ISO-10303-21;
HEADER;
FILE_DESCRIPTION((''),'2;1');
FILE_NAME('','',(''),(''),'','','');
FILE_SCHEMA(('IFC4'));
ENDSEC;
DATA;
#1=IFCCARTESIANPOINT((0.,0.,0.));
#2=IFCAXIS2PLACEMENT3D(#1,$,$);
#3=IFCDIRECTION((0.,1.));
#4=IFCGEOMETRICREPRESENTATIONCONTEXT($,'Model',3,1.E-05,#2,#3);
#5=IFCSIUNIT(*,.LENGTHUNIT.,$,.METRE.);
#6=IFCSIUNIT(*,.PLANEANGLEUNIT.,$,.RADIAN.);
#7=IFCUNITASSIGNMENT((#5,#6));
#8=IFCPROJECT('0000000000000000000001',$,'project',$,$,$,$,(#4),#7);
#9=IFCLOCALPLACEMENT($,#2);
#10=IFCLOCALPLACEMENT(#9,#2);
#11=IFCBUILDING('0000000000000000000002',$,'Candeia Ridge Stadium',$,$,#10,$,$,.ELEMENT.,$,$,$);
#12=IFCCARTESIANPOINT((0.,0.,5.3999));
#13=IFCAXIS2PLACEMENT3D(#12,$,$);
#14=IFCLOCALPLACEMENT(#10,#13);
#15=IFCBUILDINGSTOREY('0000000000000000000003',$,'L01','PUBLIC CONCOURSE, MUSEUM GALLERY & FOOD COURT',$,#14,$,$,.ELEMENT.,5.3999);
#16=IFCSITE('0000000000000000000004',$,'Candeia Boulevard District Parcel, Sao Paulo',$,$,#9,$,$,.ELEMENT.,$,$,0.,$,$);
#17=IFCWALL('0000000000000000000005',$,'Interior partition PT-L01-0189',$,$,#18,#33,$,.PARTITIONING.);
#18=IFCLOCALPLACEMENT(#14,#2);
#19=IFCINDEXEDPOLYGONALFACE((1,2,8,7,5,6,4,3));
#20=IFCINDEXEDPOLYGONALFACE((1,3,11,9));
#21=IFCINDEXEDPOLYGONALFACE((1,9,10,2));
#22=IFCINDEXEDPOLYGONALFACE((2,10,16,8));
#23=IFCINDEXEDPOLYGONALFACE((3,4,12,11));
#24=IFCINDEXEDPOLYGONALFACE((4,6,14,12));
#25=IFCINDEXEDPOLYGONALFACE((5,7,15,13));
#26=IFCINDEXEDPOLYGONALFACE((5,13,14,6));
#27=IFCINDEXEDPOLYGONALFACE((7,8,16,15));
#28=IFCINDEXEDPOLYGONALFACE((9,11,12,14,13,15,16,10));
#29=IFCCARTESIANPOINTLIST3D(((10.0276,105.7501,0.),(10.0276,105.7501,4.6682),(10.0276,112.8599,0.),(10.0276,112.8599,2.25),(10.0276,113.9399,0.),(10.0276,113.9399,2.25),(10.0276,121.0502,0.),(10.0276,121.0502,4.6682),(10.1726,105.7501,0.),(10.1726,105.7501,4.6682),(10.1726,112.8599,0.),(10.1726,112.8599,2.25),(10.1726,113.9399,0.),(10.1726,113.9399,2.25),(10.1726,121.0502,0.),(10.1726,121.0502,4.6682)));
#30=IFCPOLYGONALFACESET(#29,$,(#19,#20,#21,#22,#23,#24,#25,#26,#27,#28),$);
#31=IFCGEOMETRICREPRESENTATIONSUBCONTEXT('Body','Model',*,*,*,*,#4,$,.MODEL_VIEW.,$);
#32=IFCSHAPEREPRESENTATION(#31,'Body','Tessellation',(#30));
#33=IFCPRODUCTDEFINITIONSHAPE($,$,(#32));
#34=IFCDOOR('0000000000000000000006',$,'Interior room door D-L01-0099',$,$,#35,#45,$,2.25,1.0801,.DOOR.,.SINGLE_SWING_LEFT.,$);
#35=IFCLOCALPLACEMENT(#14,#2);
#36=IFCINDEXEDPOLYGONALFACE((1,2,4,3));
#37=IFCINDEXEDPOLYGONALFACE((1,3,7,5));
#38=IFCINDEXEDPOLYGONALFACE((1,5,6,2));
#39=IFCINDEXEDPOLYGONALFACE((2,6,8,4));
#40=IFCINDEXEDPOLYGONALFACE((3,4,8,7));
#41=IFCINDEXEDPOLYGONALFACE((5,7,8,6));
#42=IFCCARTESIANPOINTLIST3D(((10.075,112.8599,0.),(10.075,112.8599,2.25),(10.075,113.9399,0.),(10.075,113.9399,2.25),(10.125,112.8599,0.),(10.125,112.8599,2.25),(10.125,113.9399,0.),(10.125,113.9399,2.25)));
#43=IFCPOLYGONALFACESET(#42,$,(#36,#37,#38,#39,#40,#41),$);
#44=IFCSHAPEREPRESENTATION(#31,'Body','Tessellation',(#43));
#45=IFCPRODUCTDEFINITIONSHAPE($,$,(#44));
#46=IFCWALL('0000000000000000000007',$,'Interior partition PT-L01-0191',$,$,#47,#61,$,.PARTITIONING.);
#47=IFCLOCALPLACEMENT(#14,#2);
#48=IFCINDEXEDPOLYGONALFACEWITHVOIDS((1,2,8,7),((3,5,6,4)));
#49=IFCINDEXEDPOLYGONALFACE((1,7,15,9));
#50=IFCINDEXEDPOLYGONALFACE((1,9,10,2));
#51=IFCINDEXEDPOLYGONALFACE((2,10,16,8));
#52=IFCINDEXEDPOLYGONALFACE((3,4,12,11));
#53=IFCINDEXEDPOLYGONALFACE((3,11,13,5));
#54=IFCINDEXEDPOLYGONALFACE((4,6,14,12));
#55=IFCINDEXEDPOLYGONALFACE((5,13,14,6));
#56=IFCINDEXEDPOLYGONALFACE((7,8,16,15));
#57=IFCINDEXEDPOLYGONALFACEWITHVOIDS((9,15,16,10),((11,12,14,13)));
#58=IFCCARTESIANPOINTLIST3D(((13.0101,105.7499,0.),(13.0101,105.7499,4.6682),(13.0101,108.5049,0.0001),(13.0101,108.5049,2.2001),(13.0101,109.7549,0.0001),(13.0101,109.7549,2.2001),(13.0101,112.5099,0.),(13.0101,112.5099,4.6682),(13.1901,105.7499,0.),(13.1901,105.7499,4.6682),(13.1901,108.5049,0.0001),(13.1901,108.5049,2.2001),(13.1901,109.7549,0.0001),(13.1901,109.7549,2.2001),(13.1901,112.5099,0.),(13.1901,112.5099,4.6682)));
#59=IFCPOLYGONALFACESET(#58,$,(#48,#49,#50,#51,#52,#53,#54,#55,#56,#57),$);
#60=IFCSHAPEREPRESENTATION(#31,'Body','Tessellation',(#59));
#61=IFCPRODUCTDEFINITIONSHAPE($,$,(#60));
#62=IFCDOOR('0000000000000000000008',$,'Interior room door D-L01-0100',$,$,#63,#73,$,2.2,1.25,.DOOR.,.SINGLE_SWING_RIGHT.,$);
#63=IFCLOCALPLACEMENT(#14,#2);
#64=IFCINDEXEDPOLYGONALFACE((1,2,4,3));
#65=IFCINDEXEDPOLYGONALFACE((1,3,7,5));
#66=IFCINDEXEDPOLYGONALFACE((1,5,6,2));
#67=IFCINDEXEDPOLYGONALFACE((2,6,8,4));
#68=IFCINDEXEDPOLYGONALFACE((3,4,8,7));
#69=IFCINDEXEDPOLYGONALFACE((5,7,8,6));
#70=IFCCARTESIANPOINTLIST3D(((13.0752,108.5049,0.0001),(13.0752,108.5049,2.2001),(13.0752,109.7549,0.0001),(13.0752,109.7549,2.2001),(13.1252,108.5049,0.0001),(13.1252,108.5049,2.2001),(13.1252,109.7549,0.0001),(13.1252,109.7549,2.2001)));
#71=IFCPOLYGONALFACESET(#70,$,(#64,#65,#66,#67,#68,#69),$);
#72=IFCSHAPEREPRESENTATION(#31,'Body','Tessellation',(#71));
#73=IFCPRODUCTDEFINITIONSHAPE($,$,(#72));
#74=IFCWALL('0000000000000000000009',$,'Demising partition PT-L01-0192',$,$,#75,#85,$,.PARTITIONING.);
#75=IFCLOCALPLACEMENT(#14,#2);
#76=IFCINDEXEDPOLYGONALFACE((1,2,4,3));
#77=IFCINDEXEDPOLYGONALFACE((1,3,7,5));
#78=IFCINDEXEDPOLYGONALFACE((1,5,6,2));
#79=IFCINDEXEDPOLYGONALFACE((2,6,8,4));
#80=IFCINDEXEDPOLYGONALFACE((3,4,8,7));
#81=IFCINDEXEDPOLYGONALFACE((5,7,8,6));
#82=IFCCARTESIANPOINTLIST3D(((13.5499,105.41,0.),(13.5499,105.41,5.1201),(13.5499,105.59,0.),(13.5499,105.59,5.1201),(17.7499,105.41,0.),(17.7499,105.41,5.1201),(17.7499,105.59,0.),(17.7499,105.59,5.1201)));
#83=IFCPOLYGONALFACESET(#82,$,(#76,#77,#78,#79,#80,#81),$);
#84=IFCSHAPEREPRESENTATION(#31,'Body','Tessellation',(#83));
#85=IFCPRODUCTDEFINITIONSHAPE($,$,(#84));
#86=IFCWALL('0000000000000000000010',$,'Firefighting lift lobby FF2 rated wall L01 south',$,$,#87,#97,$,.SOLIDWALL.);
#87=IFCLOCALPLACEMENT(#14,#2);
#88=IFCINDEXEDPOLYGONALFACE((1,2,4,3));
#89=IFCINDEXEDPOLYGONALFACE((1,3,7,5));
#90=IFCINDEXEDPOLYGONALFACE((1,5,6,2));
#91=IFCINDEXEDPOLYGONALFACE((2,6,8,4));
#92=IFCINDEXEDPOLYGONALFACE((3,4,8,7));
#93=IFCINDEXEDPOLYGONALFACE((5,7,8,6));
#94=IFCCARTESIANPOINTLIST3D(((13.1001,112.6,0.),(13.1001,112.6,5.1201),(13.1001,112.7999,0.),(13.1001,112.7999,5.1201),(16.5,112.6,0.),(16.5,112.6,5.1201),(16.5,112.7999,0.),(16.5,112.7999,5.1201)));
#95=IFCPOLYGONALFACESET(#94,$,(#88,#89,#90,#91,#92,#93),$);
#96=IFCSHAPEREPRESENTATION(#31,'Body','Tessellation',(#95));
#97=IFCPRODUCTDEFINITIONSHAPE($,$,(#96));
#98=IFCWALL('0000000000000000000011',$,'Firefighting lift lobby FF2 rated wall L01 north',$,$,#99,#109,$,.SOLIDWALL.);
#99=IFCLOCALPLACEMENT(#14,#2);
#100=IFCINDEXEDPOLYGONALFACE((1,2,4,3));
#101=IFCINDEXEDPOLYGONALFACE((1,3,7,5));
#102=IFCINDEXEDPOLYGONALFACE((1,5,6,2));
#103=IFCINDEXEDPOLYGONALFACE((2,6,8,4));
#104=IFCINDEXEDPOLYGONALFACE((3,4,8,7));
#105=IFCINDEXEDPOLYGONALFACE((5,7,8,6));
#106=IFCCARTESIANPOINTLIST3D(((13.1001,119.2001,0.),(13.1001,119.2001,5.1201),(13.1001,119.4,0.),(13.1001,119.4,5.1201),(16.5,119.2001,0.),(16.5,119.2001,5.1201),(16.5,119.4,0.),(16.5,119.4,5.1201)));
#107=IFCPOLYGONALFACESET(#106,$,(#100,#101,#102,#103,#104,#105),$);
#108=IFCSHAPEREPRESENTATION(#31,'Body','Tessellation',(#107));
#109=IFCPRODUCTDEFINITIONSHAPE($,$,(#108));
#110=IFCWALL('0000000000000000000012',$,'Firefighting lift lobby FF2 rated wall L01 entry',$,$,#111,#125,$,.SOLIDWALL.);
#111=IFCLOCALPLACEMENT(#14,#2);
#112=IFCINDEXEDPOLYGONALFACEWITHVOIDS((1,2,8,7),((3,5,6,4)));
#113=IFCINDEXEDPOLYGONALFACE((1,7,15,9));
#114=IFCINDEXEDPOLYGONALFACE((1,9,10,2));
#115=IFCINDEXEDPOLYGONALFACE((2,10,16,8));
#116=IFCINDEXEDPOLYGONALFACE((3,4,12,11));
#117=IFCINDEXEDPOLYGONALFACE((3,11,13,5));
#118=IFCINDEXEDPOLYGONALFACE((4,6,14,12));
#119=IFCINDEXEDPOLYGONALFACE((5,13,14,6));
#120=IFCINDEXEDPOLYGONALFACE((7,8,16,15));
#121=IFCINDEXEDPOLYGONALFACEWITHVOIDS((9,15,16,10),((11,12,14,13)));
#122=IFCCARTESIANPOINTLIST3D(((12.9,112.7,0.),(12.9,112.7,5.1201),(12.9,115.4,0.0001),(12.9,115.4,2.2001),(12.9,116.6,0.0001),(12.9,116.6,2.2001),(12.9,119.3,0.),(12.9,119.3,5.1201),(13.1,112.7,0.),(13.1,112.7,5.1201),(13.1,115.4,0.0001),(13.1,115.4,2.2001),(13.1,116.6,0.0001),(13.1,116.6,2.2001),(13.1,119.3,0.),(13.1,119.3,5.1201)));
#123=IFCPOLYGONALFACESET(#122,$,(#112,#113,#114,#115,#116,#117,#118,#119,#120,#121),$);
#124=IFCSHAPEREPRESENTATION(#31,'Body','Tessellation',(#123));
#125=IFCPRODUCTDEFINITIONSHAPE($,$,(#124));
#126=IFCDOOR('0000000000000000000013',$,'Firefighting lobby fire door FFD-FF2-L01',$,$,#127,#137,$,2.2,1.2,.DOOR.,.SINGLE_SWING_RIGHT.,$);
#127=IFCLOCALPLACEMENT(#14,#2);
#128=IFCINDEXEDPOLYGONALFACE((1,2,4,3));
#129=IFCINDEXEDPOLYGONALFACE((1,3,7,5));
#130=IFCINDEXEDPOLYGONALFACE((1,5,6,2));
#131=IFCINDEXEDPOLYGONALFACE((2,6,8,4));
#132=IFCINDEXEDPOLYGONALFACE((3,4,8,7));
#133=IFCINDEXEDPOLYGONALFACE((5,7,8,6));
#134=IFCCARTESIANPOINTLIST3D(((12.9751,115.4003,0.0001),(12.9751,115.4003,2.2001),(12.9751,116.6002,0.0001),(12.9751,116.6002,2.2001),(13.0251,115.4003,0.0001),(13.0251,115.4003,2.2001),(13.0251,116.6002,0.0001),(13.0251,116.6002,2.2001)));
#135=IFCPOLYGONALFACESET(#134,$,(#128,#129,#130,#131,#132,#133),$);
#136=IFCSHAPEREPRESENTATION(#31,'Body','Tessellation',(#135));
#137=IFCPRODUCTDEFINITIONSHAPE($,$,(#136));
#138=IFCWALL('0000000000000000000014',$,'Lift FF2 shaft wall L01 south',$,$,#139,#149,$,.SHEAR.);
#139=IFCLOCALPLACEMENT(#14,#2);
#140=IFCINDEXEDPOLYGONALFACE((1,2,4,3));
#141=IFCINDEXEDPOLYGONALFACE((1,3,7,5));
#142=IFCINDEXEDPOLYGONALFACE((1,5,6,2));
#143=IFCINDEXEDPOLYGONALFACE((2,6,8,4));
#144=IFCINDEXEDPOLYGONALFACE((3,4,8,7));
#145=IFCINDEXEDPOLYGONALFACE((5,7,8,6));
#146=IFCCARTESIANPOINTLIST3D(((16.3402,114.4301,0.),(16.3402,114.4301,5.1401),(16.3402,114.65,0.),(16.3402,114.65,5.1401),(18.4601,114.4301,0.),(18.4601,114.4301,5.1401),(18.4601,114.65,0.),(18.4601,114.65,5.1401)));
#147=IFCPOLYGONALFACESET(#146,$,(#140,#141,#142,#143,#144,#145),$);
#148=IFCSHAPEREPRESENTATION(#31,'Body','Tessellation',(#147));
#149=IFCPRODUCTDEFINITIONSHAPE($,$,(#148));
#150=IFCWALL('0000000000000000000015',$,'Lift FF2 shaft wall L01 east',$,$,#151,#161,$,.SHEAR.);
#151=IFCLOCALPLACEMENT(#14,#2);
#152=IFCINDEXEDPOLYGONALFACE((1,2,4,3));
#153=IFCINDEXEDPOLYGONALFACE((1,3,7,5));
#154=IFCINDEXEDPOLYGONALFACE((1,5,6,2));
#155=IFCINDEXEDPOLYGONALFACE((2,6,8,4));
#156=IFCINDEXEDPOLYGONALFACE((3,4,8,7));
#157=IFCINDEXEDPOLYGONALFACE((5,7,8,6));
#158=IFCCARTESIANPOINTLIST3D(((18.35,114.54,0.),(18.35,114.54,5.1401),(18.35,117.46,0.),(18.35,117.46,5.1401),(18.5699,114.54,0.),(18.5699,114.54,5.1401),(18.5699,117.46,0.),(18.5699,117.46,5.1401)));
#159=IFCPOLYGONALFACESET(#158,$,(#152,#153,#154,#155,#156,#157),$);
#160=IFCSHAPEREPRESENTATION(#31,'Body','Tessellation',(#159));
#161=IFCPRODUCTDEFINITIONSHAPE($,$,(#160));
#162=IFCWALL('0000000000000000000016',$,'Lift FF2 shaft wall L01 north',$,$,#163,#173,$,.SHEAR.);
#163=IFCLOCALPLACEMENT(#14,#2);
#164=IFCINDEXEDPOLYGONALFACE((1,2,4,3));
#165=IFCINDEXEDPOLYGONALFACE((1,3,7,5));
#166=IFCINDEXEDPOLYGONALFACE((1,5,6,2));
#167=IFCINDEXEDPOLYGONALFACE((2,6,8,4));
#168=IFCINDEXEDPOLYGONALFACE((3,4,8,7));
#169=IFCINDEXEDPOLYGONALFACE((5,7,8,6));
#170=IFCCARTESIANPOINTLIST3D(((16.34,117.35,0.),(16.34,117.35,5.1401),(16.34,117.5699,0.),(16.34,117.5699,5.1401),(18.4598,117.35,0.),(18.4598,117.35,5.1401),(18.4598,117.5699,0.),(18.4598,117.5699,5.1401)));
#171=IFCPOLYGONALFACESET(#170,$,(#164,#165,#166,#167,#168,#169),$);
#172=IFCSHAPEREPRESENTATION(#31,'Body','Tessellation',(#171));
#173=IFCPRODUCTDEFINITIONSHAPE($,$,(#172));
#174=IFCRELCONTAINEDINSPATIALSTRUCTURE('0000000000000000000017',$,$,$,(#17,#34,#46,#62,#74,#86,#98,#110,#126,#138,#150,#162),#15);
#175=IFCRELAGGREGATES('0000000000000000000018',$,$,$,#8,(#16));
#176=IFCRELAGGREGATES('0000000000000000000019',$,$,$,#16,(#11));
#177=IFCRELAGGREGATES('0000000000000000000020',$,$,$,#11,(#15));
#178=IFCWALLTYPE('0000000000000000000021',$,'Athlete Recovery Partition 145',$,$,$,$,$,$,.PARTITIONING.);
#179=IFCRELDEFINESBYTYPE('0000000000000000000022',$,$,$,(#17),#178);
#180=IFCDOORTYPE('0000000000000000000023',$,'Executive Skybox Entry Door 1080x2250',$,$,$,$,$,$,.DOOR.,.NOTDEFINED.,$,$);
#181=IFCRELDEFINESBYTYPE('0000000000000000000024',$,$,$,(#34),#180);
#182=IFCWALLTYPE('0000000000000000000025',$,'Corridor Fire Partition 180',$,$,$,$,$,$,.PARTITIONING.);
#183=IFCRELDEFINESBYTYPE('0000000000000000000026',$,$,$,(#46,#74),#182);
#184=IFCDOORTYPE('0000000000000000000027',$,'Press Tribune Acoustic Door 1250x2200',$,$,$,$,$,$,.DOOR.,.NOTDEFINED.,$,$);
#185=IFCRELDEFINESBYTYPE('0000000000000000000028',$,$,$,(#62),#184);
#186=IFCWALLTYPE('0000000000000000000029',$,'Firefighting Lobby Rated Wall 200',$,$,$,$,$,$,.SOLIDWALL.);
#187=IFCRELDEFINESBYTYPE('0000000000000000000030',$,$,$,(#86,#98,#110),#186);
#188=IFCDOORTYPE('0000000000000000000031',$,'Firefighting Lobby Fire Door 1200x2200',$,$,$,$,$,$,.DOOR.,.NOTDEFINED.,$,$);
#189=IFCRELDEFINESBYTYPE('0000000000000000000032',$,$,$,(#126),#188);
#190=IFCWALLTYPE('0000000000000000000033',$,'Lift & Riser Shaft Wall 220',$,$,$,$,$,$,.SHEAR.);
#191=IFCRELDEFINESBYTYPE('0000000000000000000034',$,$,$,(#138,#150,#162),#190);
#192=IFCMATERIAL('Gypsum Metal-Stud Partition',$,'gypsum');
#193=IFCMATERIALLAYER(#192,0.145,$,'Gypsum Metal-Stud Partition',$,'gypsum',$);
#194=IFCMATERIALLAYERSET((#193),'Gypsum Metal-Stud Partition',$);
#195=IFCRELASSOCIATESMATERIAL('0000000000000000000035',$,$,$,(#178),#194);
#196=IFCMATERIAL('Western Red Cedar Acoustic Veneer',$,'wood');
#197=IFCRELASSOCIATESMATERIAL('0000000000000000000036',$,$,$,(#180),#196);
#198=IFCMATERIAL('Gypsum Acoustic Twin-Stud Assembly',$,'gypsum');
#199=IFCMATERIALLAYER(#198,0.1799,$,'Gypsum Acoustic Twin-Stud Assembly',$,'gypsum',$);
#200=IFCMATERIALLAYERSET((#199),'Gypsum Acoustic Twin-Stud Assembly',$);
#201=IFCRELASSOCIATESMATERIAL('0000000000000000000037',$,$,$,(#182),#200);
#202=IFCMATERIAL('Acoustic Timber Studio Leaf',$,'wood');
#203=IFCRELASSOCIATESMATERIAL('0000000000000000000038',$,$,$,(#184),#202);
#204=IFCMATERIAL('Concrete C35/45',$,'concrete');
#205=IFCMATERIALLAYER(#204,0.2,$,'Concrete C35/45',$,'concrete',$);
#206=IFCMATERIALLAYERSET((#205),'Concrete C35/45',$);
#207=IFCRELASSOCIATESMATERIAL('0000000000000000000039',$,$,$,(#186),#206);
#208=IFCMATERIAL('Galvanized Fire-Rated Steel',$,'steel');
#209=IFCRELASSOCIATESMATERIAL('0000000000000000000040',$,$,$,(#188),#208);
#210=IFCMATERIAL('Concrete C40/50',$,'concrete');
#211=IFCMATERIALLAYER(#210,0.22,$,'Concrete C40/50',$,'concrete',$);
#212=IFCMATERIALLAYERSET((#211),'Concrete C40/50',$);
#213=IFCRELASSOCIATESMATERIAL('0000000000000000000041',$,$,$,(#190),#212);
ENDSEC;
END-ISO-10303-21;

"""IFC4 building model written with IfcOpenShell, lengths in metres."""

from ifc_helpers import new_model, si_unit, direction, frame, frame_2d, origin, place, context, subcontext, project, spatial, rectangle, extrude, material, layer, layer_set, type_object, element, fill, save


model = new_model("IFC4")

# Units and contexts
model_context = context("Model", 3, precision=1e-05, world=origin(), true_north=direction((0.0, 1.0)))
body_context = subcontext(model_context, "Body", "Model", "MODEL_VIEW")
ifc_project = project(units=[si_unit("LENGTHUNIT", "METRE"), si_unit("PLANEANGLEUNIT", "RADIAN")], contexts=[model_context])

# Site, building, storey
site_placement = place(None, origin())
site = spatial("IfcSite", under=ifc_project, at=site_placement, Name="Candeia Boulevard District Parcel, Sao Paulo", CompositionType="ELEMENT", RefElevation=0.0)
building_placement = place(site_placement, origin())
building = spatial("IfcBuilding", under=site, at=building_placement, Name="Candeia Ridge Stadium", CompositionType="ELEMENT")
storey_placement = place(building_placement, frame((0.0, 0.0, 5.3999)))
storey = spatial("IfcBuildingStorey", under=building, at=storey_placement, Name="L01", Description="PUBLIC CONCOURSE, MUSEUM GALLERY & FOOD COURT", CompositionType="ELEMENT", Elevation=5.3999)

# Shared definitions
ifc_material_1 = material(Name="Concrete C40/50", Category="concrete")

# Walls, openings, doors
ifc_material_2 = material(Name="Gypsum Metal-Stud Partition", Category="gypsum")
ifc_layer_1 = layer(ifc_material_2, 0.145, Name="Gypsum Metal-Stud Partition", Category="gypsum")
ifc_layer_set_1 = layer_set([ifc_layer_1], Name="Gypsum Metal-Stud Partition")
wall_type_1 = type_object("IfcWallType", Name="Athlete Recovery Partition 145", PredefinedType="PARTITIONING", material=ifc_layer_set_1)
wall_1_placement = place(storey_placement, frame((10.1001, 121.05, 0.0), z_axis=(0.0, 0.0, 1.0), x_axis=(0.0, -1.0, 0.0)))
wall_1 = element("IfcWall", 1, at=wall_1_placement, inside=storey, type_object=wall_type_1, Name="Interior partition PT-L01-0189", PredefinedType="PARTITIONING", context=body_context, shape_type="SweptSolid", body=[
    extrude(rectangle(XDim=15.3, YDim=0.145, at=frame_2d((7.6499, 0.0))), origin(), (0.0, 0.0, 1.0), 4.6682),
])
opening_1_placement = place(wall_1_placement, frame((7.1101, 0.0, 0.0)))
opening_1 = element("IfcOpeningElement", 2, at=opening_1_placement, cuts=wall_1, PredefinedType="OPENING", context=body_context, shape_type="SweptSolid", body=[
    extrude(rectangle(XDim=1.0801, YDim=2.25, at=frame_2d((0.54, 1.125))), frame((0.0, 0.0825, 0.0), z_axis=(0.0, -1.0, 0.0), x_axis=(1.0, 0.0, 0.0)), (0.0, 0.0, 1.0), 0.165),
])
ifc_material_3 = material(Name="Western Red Cedar Acoustic Veneer", Category="wood")
door_type_1 = type_object("IfcDoorType", Name="Executive Skybox Entry Door 1080x2250", OperationType="NOTDEFINED", PredefinedType="DOOR", material=ifc_material_3)
door_1_placement = place(opening_1_placement, origin())
door_1 = element("IfcDoor", 3, at=door_1_placement, inside=storey, type_object=door_type_1, Name="Interior room door D-L01-0099", OperationType="SINGLE_SWING_LEFT", OverallHeight=2.25, OverallWidth=1.0801, PredefinedType="DOOR", context=body_context, shape_type="SweptSolid", body=[
    extrude(rectangle(XDim=1.0801, YDim=2.25, at=frame_2d((0.54, 1.125))), frame((0.0, 0.0249, 0.0), z_axis=(0.0, -1.0, 0.0), x_axis=(1.0, 0.0, 0.0)), (0.0, 0.0, 1.0), 0.05),
])
fill(opening_1, door_1)
ifc_material_4 = material(Name="Gypsum Acoustic Twin-Stud Assembly", Category="gypsum")
ifc_layer_2 = layer(ifc_material_4, 0.1799, Name="Gypsum Acoustic Twin-Stud Assembly", Category="gypsum")
ifc_layer_set_2 = layer_set([ifc_layer_2], Name="Gypsum Acoustic Twin-Stud Assembly")
wall_type_2 = type_object("IfcWallType", Name="Corridor Fire Partition 180", PredefinedType="PARTITIONING", material=ifc_layer_set_2)
wall_2_placement = place(storey_placement, frame((13.1001, 105.75, 0.0), z_axis=(0.0, 0.0, 1.0), x_axis=(0.0, 1.0, 0.0)))
wall_2 = element("IfcWall", 4, at=wall_2_placement, inside=storey, type_object=wall_type_2, Name="Interior partition PT-L01-0191", PredefinedType="PARTITIONING", context=body_context, shape_type="SweptSolid", body=[
    extrude(rectangle(XDim=6.76, YDim=0.1799, at=frame_2d((3.3799, 0.0))), origin(), (0.0, 0.0, 1.0), 4.6682),
])
opening_2_placement = place(wall_2_placement, frame((2.7549, 0.0, 0.0)))
opening_2 = element("IfcOpeningElement", 5, at=opening_2_placement, cuts=wall_2, PredefinedType="OPENING", context=body_context, shape_type="SweptSolid", body=[
    extrude(rectangle(XDim=1.25, YDim=2.2, at=frame_2d((0.625, 1.1001))), frame((0.0, 0.0999, 0.0), z_axis=(0.0, -1.0, 0.0), x_axis=(1.0, 0.0, 0.0)), (0.0, 0.0, 1.0), 0.2),
])
ifc_material_5 = material(Name="Acoustic Timber Studio Leaf", Category="wood")
door_type_2 = type_object("IfcDoorType", Name="Press Tribune Acoustic Door 1250x2200", OperationType="NOTDEFINED", PredefinedType="DOOR", material=ifc_material_5)
door_2_placement = place(opening_2_placement, origin())
door_2 = element("IfcDoor", 6, at=door_2_placement, inside=storey, type_object=door_type_2, Name="Interior room door D-L01-0100", OperationType="SINGLE_SWING_RIGHT", OverallHeight=2.2, OverallWidth=1.25, PredefinedType="DOOR", context=body_context, shape_type="SweptSolid", body=[
    extrude(rectangle(XDim=1.25, YDim=2.2, at=frame_2d((0.625, 1.1001))), frame((0.0, 0.0249, 0.0), z_axis=(0.0, -1.0, 0.0), x_axis=(1.0, 0.0, 0.0)), (0.0, 0.0, 1.0), 0.05),
])
fill(opening_2, door_2)

# Walls
wall_3_placement = place(storey_placement, frame((17.75, 105.5, 0.0), z_axis=(0.0, 0.0, 1.0), x_axis=(-1.0, 0.0, 0.0)))
element("IfcWall", 7, at=wall_3_placement, inside=storey, type_object=wall_type_2, Name="Demising partition PT-L01-0192", PredefinedType="PARTITIONING", context=body_context, shape_type="SweptSolid", body=[
    extrude(rectangle(XDim=4.2, YDim=0.1799, at=frame_2d((2.1001, 0.0))), origin(), (0.0, 0.0, 1.0), 5.1201),
])
ifc_material_6 = material(Name="Concrete C35/45", Category="concrete")
ifc_layer_3 = layer(ifc_material_6, 0.2, Name="Concrete C35/45", Category="concrete")
ifc_layer_set_3 = layer_set([ifc_layer_3], Name="Concrete C35/45")
wall_type_3 = type_object("IfcWallType", Name="Firefighting Lobby Rated Wall 200", PredefinedType="SOLIDWALL", material=ifc_layer_set_3)
for number, where, z_axis, x_axis, name in (
    (8, (13.1001, 112.7, 0.0), (0.0, 0.0, 1.0), (1.0, 0.0, 0.0), "Firefighting lift lobby FF2 rated wall L01 south"),
    (9, (16.5, 119.3, 0.0), (0.0, 0.0, 1.0), (-1.0, 0.0, 0.0), "Firefighting lift lobby FF2 rated wall L01 north"),
):
    element("IfcWall", number, at=place(storey_placement, frame(where, z_axis=z_axis, x_axis=x_axis)), inside=storey, type_object=wall_type_3, Name=name, PredefinedType="SOLIDWALL", context=body_context, shape_type="SweptSolid", body=[
        extrude(rectangle(XDim=3.3999, YDim=0.2, at=frame_2d((1.7, 0.0))), origin(), (0.0, 0.0, 1.0), 5.1201),
    ])

# Wall, opening, door
wall_4_placement = place(storey_placement, frame((13.0, 119.3, 0.0), z_axis=(0.0, 0.0, 1.0), x_axis=(0.0, -1.0, 0.0)))
wall_4 = element("IfcWall", 10, at=wall_4_placement, inside=storey, type_object=wall_type_3, Name="Firefighting lift lobby FF2 rated wall L01 entry", PredefinedType="SOLIDWALL", context=body_context, shape_type="SweptSolid", body=[
    extrude(rectangle(XDim=6.6001, YDim=0.2, at=frame_2d((3.3, 0.0))), origin(), (0.0, 0.0, 1.0), 5.1201),
])
opening_3_placement = place(wall_4_placement, frame((2.7, 0.0, 0.0)))
opening_3 = element("IfcOpeningElement", 11, at=opening_3_placement, cuts=wall_4, PredefinedType="OPENING", context=body_context, shape_type="SweptSolid", body=[
    extrude(rectangle(XDim=1.2, YDim=2.2, at=frame_2d((0.6001, 1.1001))), frame((0.0, 0.1099, 0.0), z_axis=(0.0, -1.0, 0.0), x_axis=(1.0, 0.0, 0.0)), (0.0, 0.0, 1.0), 0.22),
])
ifc_material_7 = material(Name="Galvanized Fire-Rated Steel", Category="steel")
door_type_3 = type_object("IfcDoorType", Name="Firefighting Lobby Fire Door 1200x2200", OperationType="NOTDEFINED", PredefinedType="DOOR", material=ifc_material_7)
door_3_placement = place(opening_3_placement, frame((1.2, 0.0, 0.0), z_axis=(0.0, 0.0, 1.0), x_axis=(-1.0, 0.0, 0.0)))
door_3 = element("IfcDoor", 12, at=door_3_placement, inside=storey, type_object=door_type_3, Name="Firefighting lobby fire door FFD-FF2-L01", OperationType="SINGLE_SWING_RIGHT", OverallHeight=2.2, OverallWidth=1.2, PredefinedType="DOOR", context=body_context, shape_type="SweptSolid", body=[
    extrude(rectangle(XDim=1.2, YDim=2.2, at=frame_2d((0.6001, 1.1001))), frame((0.0, 0.0249, 0.0), z_axis=(0.0, -1.0, 0.0), x_axis=(1.0, 0.0, 0.0)), (0.0, 0.0, 1.0), 0.05),
])
fill(opening_3, door_3)

# Walls
ifc_layer_4 = layer(ifc_material_1, 0.22, Name="Concrete C40/50", Category="concrete")
ifc_layer_set_4 = layer_set([ifc_layer_4], Name="Concrete C40/50")
wall_type_4 = type_object("IfcWallType", Name="Lift & Riser Shaft Wall 220", PredefinedType="SHEAR", material=ifc_layer_set_4)
wall_5_placement = place(storey_placement, frame((16.3401, 114.54, 0.0), z_axis=(0.0, 0.0, 1.0), x_axis=(1.0, 0.0, 0.0)))
element("IfcWall", 13, at=wall_5_placement, inside=storey, type_object=wall_type_4, Name="Lift FF2 shaft wall L01 south", PredefinedType="SHEAR", context=body_context, shape_type="SweptSolid", body=[
    extrude(rectangle(XDim=2.1199, YDim=0.22, at=frame_2d((1.0601, 0.0))), origin(), (0.0, 0.0, 1.0), 5.1401),
])
wall_6_placement = place(storey_placement, frame((18.46, 114.54, 0.0), z_axis=(0.0, 0.0, 1.0), x_axis=(0.0, 1.0, 0.0)))
element("IfcWall", 14, at=wall_6_placement, inside=storey, type_object=wall_type_4, Name="Lift FF2 shaft wall L01 east", PredefinedType="SHEAR", context=body_context, shape_type="SweptSolid", body=[
    extrude(rectangle(XDim=2.9199, YDim=0.22, at=frame_2d((1.46, 0.0))), origin(), (0.0, 0.0, 1.0), 5.1401),
])
wall_7_placement = place(storey_placement, frame((18.46, 117.46, 0.0), z_axis=(0.0, 0.0, 1.0), x_axis=(-1.0, 0.0, 0.0)))
element("IfcWall", 15, at=wall_7_placement, inside=storey, type_object=wall_type_4, Name="Lift FF2 shaft wall L01 north", PredefinedType="SHEAR", context=body_context, shape_type="SweptSolid", body=[
    extrude(rectangle(XDim=2.1199, YDim=0.22, at=frame_2d((1.0601, 0.0))), origin(), (0.0, 0.0, 1.0), 5.1401),
])

save(model, "model.ifc")
